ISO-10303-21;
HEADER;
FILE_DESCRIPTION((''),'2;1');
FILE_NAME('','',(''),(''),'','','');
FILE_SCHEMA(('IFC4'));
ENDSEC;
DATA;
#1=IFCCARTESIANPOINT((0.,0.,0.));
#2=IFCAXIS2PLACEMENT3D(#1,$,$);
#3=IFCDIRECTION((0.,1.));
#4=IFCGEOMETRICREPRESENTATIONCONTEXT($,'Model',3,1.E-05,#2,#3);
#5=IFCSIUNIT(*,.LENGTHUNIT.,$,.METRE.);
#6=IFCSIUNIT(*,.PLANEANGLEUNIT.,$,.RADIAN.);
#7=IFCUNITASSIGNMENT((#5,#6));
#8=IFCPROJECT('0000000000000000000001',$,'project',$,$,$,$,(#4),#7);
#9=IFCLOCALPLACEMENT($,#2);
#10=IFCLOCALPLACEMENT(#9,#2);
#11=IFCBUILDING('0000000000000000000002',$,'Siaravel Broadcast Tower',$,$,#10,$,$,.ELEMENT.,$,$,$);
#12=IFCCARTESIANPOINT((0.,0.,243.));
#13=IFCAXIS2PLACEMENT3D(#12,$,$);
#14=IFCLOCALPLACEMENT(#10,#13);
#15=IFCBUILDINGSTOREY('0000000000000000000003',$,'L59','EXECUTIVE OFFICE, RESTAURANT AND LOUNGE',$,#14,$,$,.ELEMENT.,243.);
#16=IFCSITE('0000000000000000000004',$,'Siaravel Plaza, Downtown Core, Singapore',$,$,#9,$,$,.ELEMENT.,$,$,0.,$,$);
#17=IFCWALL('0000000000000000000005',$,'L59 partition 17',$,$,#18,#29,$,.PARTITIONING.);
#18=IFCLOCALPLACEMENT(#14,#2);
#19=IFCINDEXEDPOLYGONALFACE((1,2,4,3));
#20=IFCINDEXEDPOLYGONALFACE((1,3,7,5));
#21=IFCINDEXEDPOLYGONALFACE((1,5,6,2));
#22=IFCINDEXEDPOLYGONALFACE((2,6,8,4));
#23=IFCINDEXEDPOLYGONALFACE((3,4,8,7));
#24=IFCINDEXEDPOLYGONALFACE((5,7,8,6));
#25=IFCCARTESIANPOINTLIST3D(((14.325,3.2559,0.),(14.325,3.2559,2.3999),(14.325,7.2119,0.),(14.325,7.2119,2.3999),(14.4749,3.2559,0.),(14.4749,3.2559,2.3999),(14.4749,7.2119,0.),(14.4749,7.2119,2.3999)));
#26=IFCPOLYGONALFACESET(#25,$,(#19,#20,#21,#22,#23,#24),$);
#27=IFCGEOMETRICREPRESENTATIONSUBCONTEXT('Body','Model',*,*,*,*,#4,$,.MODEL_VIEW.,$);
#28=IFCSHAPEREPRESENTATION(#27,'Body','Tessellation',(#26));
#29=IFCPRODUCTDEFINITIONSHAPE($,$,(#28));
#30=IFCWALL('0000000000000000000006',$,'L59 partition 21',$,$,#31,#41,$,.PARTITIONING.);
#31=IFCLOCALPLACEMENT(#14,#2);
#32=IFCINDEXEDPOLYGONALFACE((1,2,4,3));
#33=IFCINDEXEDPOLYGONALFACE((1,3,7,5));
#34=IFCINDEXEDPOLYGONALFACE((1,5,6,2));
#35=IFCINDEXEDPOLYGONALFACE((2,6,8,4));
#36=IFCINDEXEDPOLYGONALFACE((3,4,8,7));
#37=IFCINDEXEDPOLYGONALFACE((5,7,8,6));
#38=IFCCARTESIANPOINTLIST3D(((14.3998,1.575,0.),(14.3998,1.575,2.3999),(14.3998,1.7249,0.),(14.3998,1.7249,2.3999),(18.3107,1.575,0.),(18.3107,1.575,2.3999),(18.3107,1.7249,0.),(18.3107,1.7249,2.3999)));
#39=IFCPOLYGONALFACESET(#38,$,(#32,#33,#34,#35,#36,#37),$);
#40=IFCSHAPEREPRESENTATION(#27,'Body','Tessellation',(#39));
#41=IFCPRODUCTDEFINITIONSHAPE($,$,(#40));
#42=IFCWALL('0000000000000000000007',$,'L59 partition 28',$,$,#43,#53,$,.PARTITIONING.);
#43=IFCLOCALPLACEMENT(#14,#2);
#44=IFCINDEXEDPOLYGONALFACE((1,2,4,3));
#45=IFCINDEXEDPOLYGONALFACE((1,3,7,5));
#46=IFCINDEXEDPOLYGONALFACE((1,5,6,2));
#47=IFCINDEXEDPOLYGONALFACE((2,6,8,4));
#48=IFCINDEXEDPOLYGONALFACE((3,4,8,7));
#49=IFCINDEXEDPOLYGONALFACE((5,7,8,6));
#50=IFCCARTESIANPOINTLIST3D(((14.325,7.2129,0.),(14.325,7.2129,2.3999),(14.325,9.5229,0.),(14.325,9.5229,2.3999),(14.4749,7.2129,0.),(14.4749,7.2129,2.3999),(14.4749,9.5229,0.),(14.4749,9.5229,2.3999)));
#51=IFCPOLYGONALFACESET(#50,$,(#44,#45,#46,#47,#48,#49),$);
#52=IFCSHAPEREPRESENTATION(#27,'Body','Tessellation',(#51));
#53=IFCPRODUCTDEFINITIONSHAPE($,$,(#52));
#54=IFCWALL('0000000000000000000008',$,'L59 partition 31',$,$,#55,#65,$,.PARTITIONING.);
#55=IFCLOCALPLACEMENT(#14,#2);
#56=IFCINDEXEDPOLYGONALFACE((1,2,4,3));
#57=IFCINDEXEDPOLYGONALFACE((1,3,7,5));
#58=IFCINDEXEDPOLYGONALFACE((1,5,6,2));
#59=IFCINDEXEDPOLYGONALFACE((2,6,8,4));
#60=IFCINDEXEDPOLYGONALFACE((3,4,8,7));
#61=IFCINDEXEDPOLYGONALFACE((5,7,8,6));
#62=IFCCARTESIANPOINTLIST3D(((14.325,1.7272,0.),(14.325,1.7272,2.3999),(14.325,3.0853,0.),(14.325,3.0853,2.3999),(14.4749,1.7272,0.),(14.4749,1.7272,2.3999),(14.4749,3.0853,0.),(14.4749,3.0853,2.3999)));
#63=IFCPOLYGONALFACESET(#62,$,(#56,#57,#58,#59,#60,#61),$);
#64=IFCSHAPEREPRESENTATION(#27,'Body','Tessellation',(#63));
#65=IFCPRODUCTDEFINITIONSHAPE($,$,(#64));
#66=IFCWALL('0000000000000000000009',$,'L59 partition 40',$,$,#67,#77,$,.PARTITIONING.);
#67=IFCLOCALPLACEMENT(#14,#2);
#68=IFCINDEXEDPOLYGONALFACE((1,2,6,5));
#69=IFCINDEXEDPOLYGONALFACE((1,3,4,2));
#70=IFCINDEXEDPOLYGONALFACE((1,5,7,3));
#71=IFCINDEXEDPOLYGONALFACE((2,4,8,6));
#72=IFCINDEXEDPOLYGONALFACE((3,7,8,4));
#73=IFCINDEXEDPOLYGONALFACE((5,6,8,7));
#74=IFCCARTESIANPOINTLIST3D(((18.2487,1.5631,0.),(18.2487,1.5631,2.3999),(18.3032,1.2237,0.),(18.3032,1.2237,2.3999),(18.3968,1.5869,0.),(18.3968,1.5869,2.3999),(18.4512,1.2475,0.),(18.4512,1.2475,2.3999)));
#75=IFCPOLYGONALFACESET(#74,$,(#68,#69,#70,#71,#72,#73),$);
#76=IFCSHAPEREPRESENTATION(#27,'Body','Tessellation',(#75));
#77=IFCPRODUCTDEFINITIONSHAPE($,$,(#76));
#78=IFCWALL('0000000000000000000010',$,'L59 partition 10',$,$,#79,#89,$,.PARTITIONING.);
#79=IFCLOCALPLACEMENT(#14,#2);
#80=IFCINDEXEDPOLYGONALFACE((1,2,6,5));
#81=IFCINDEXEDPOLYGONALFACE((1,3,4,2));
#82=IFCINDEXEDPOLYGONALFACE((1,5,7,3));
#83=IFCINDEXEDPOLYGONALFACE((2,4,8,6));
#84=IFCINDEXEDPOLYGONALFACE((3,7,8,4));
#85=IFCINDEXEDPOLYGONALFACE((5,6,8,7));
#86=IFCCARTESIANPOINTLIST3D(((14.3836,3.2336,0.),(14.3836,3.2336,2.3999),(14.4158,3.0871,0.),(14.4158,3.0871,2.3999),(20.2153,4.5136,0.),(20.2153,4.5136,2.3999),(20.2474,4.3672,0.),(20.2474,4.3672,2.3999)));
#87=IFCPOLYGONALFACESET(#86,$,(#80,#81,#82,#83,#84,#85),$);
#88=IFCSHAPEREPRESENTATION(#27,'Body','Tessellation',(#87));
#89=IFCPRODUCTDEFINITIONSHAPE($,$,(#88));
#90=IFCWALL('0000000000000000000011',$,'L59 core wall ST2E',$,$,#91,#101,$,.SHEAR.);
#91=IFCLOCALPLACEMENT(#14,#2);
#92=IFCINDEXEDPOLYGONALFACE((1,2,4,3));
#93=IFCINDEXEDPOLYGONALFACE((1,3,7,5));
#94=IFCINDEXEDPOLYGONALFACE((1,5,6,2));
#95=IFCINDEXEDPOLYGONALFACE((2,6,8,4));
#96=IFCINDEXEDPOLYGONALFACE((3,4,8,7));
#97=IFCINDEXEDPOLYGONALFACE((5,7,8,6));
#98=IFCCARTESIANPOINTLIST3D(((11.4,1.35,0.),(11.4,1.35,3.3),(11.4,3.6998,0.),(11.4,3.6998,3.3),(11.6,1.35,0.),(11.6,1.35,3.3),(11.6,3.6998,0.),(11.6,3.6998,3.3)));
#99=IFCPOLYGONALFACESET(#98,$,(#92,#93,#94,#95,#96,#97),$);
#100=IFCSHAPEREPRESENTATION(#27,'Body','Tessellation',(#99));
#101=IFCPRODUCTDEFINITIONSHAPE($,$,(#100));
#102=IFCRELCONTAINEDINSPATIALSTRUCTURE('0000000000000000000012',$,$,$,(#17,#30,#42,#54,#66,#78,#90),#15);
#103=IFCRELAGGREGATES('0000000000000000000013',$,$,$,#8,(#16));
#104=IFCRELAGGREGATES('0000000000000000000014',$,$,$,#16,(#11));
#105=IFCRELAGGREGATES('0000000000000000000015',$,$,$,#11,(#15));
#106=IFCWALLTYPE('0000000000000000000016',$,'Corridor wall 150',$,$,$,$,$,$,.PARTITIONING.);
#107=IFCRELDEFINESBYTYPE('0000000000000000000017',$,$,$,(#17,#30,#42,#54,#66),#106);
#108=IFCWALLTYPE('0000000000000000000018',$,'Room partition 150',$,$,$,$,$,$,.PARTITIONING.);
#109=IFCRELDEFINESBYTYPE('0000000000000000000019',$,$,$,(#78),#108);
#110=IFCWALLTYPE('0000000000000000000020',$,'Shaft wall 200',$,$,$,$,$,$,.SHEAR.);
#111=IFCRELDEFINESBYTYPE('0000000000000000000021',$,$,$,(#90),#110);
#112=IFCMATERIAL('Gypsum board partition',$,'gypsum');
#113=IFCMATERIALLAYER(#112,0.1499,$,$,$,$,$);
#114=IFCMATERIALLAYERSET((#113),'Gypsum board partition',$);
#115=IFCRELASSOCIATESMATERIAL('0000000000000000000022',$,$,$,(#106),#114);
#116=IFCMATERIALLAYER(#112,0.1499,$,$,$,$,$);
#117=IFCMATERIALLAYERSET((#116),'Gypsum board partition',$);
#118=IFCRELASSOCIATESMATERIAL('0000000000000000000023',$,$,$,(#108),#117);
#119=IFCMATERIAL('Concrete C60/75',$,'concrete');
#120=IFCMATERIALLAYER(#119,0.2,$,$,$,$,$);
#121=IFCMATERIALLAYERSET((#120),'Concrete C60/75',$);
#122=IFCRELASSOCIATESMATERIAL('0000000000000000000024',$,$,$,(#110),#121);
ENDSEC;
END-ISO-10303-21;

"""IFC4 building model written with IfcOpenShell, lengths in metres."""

from ifc_helpers import new_model, si_unit, direction, frame, frame_2d, origin, place, context, subcontext, project, spatial, rectangle, extrude, material, layer, layer_set, type_object, element, save


model = new_model("IFC4")

# Units and contexts
model_context = context("Model", 3, precision=1e-05, world=origin(), true_north=direction((0.0, 1.0)))
body_context = subcontext(model_context, "Body", "Model", "MODEL_VIEW")
ifc_project = project(units=[si_unit("LENGTHUNIT", "METRE"), si_unit("PLANEANGLEUNIT", "RADIAN")], contexts=[model_context])

# Site, building, storey
site_placement = place(None, origin())
site = spatial("IfcSite", under=ifc_project, at=site_placement, Name="Siaravel Plaza, Downtown Core, Singapore", CompositionType="ELEMENT", RefElevation=0.0)
building_placement = place(site_placement, origin())
building = spatial("IfcBuilding", under=site, at=building_placement, Name="Siaravel Broadcast Tower", CompositionType="ELEMENT")
storey_placement = place(building_placement, frame((0.0, 0.0, 243.0)))
storey = spatial("IfcBuildingStorey", under=building, at=storey_placement, Name="L59", Description="EXECUTIVE OFFICE, RESTAURANT AND LOUNGE", CompositionType="ELEMENT", Elevation=243.0)

# Shared definitions
ifc_material_1 = material(Name="Gypsum board partition", Category="gypsum")
ifc_layer_1 = layer(ifc_material_1, 0.1499)
ifc_layer_set_1 = layer_set([ifc_layer_1], Name="Gypsum board partition")
wall_type_1 = type_object("IfcWallType", Name="Corridor wall 150", PredefinedType="PARTITIONING", material=ifc_layer_set_1)

# Walls
wall_1_placement = place(storey_placement, frame((14.3999, 3.2559, 0.0), z_axis=(0.0, 0.0, 1.0), x_axis=(0.0, 1.0, 0.0)))
element("IfcWall", 1, at=wall_1_placement, inside=storey, type_object=wall_type_1, Name="L59 partition 17", PredefinedType="PARTITIONING", context=body_context, shape_type="SweptSolid", body=[
    extrude(rectangle(XDim=3.9561, YDim=0.1499, at=frame_2d((1.978, 0.0))), origin(), (0.0, 0.0, 1.0), 2.3999),
])
wall_2_placement = place(storey_placement, frame((18.3108, 1.6499, 0.0), z_axis=(0.0, 0.0, 1.0), x_axis=(-1.0, 0.0, 0.0)))
element("IfcWall", 2, at=wall_2_placement, inside=storey, type_object=wall_type_1, Name="L59 partition 21", PredefinedType="PARTITIONING", context=body_context, shape_type="SweptSolid", body=[
    extrude(rectangle(XDim=3.9109, YDim=0.1499, at=frame_2d((1.9556, 0.0))), origin(), (0.0, 0.0, 1.0), 2.3999),
])
wall_3_placement = place(storey_placement, frame((14.3999, 7.2129, 0.0), z_axis=(0.0, 0.0, 1.0), x_axis=(0.0, 1.0, 0.0)))
element("IfcWall", 3, at=wall_3_placement, inside=storey, type_object=wall_type_1, Name="L59 partition 28", PredefinedType="PARTITIONING", context=body_context, shape_type="SweptSolid", body=[
    extrude(rectangle(XDim=2.3101, YDim=0.1499, at=frame_2d((1.155, 0.0))), origin(), (0.0, 0.0, 1.0), 2.3999),
])
wall_4_placement = place(storey_placement, frame((14.3999, 1.7271, 0.0), z_axis=(0.0, 0.0, 1.0), x_axis=(0.0, 1.0, 0.0)))
element("IfcWall", 4, at=wall_4_placement, inside=storey, type_object=wall_type_1, Name="L59 partition 31", PredefinedType="PARTITIONING", context=body_context, shape_type="SweptSolid", body=[
    extrude(rectangle(XDim=1.3582, YDim=0.1499, at=frame_2d((0.6792, 0.0))), origin(), (0.0, 0.0, 1.0), 2.3999),
])
wall_5_placement = place(storey_placement, frame((18.3772, 1.2356, 0.0), z_axis=(0.0, 0.0, 1.0), x_axis=(-0.158406, 0.987374, 0.0)))
element("IfcWall", 5, at=wall_5_placement, inside=storey, type_object=wall_type_1, Name="L59 partition 40", PredefinedType="PARTITIONING", context=body_context, shape_type="SweptSolid", body=[
    extrude(rectangle(XDim=0.3438, YDim=0.1499, at=frame_2d((0.1719, 0.0))), origin(), (0.0, 0.0, 1.0), 2.3999),
])
ifc_layer_2 = layer(ifc_material_1, 0.1499)
ifc_layer_set_2 = layer_set([ifc_layer_2], Name="Gypsum board partition")
wall_type_2 = type_object("IfcWallType", Name="Room partition 150", PredefinedType="PARTITIONING", material=ifc_layer_set_2)
wall_6_placement = place(storey_placement, frame((20.2314, 4.4404, 0.0), z_axis=(0.0, 0.0, 1.0), x_axis=(-0.976747, -0.214397, 0.0)))
element("IfcWall", 6, at=wall_6_placement, inside=storey, type_object=wall_type_2, Name="L59 partition 10", PredefinedType="PARTITIONING", context=body_context, shape_type="SweptSolid", body=[
    extrude(rectangle(XDim=5.9705, YDim=0.1499, at=frame_2d((2.9854, 0.0))), origin(), (0.0, 0.0, 1.0), 2.3999),
])
ifc_material_2 = material(Name="Concrete C60/75", Category="concrete")
ifc_layer_3 = layer(ifc_material_2, 0.2)
ifc_layer_set_3 = layer_set([ifc_layer_3], Name="Concrete C60/75")
wall_type_3 = type_object("IfcWallType", Name="Shaft wall 200", PredefinedType="SHEAR", material=ifc_layer_set_3)
wall_7_placement = place(storey_placement, frame((11.5, 1.3501, 0.0), z_axis=(0.0, 0.0, 1.0), x_axis=(0.0, 1.0, 0.0)))
element("IfcWall", 7, at=wall_7_placement, inside=storey, type_object=wall_type_3, Name="L59 core wall ST2E", PredefinedType="SHEAR", context=body_context, shape_type="SweptSolid", body=[
    extrude(rectangle(XDim=2.3499, YDim=0.2, at=frame_2d((1.1748, 0.0))), origin(), (0.0, 0.0, 1.0), 3.3),
])

save(model, "model.ifc")
